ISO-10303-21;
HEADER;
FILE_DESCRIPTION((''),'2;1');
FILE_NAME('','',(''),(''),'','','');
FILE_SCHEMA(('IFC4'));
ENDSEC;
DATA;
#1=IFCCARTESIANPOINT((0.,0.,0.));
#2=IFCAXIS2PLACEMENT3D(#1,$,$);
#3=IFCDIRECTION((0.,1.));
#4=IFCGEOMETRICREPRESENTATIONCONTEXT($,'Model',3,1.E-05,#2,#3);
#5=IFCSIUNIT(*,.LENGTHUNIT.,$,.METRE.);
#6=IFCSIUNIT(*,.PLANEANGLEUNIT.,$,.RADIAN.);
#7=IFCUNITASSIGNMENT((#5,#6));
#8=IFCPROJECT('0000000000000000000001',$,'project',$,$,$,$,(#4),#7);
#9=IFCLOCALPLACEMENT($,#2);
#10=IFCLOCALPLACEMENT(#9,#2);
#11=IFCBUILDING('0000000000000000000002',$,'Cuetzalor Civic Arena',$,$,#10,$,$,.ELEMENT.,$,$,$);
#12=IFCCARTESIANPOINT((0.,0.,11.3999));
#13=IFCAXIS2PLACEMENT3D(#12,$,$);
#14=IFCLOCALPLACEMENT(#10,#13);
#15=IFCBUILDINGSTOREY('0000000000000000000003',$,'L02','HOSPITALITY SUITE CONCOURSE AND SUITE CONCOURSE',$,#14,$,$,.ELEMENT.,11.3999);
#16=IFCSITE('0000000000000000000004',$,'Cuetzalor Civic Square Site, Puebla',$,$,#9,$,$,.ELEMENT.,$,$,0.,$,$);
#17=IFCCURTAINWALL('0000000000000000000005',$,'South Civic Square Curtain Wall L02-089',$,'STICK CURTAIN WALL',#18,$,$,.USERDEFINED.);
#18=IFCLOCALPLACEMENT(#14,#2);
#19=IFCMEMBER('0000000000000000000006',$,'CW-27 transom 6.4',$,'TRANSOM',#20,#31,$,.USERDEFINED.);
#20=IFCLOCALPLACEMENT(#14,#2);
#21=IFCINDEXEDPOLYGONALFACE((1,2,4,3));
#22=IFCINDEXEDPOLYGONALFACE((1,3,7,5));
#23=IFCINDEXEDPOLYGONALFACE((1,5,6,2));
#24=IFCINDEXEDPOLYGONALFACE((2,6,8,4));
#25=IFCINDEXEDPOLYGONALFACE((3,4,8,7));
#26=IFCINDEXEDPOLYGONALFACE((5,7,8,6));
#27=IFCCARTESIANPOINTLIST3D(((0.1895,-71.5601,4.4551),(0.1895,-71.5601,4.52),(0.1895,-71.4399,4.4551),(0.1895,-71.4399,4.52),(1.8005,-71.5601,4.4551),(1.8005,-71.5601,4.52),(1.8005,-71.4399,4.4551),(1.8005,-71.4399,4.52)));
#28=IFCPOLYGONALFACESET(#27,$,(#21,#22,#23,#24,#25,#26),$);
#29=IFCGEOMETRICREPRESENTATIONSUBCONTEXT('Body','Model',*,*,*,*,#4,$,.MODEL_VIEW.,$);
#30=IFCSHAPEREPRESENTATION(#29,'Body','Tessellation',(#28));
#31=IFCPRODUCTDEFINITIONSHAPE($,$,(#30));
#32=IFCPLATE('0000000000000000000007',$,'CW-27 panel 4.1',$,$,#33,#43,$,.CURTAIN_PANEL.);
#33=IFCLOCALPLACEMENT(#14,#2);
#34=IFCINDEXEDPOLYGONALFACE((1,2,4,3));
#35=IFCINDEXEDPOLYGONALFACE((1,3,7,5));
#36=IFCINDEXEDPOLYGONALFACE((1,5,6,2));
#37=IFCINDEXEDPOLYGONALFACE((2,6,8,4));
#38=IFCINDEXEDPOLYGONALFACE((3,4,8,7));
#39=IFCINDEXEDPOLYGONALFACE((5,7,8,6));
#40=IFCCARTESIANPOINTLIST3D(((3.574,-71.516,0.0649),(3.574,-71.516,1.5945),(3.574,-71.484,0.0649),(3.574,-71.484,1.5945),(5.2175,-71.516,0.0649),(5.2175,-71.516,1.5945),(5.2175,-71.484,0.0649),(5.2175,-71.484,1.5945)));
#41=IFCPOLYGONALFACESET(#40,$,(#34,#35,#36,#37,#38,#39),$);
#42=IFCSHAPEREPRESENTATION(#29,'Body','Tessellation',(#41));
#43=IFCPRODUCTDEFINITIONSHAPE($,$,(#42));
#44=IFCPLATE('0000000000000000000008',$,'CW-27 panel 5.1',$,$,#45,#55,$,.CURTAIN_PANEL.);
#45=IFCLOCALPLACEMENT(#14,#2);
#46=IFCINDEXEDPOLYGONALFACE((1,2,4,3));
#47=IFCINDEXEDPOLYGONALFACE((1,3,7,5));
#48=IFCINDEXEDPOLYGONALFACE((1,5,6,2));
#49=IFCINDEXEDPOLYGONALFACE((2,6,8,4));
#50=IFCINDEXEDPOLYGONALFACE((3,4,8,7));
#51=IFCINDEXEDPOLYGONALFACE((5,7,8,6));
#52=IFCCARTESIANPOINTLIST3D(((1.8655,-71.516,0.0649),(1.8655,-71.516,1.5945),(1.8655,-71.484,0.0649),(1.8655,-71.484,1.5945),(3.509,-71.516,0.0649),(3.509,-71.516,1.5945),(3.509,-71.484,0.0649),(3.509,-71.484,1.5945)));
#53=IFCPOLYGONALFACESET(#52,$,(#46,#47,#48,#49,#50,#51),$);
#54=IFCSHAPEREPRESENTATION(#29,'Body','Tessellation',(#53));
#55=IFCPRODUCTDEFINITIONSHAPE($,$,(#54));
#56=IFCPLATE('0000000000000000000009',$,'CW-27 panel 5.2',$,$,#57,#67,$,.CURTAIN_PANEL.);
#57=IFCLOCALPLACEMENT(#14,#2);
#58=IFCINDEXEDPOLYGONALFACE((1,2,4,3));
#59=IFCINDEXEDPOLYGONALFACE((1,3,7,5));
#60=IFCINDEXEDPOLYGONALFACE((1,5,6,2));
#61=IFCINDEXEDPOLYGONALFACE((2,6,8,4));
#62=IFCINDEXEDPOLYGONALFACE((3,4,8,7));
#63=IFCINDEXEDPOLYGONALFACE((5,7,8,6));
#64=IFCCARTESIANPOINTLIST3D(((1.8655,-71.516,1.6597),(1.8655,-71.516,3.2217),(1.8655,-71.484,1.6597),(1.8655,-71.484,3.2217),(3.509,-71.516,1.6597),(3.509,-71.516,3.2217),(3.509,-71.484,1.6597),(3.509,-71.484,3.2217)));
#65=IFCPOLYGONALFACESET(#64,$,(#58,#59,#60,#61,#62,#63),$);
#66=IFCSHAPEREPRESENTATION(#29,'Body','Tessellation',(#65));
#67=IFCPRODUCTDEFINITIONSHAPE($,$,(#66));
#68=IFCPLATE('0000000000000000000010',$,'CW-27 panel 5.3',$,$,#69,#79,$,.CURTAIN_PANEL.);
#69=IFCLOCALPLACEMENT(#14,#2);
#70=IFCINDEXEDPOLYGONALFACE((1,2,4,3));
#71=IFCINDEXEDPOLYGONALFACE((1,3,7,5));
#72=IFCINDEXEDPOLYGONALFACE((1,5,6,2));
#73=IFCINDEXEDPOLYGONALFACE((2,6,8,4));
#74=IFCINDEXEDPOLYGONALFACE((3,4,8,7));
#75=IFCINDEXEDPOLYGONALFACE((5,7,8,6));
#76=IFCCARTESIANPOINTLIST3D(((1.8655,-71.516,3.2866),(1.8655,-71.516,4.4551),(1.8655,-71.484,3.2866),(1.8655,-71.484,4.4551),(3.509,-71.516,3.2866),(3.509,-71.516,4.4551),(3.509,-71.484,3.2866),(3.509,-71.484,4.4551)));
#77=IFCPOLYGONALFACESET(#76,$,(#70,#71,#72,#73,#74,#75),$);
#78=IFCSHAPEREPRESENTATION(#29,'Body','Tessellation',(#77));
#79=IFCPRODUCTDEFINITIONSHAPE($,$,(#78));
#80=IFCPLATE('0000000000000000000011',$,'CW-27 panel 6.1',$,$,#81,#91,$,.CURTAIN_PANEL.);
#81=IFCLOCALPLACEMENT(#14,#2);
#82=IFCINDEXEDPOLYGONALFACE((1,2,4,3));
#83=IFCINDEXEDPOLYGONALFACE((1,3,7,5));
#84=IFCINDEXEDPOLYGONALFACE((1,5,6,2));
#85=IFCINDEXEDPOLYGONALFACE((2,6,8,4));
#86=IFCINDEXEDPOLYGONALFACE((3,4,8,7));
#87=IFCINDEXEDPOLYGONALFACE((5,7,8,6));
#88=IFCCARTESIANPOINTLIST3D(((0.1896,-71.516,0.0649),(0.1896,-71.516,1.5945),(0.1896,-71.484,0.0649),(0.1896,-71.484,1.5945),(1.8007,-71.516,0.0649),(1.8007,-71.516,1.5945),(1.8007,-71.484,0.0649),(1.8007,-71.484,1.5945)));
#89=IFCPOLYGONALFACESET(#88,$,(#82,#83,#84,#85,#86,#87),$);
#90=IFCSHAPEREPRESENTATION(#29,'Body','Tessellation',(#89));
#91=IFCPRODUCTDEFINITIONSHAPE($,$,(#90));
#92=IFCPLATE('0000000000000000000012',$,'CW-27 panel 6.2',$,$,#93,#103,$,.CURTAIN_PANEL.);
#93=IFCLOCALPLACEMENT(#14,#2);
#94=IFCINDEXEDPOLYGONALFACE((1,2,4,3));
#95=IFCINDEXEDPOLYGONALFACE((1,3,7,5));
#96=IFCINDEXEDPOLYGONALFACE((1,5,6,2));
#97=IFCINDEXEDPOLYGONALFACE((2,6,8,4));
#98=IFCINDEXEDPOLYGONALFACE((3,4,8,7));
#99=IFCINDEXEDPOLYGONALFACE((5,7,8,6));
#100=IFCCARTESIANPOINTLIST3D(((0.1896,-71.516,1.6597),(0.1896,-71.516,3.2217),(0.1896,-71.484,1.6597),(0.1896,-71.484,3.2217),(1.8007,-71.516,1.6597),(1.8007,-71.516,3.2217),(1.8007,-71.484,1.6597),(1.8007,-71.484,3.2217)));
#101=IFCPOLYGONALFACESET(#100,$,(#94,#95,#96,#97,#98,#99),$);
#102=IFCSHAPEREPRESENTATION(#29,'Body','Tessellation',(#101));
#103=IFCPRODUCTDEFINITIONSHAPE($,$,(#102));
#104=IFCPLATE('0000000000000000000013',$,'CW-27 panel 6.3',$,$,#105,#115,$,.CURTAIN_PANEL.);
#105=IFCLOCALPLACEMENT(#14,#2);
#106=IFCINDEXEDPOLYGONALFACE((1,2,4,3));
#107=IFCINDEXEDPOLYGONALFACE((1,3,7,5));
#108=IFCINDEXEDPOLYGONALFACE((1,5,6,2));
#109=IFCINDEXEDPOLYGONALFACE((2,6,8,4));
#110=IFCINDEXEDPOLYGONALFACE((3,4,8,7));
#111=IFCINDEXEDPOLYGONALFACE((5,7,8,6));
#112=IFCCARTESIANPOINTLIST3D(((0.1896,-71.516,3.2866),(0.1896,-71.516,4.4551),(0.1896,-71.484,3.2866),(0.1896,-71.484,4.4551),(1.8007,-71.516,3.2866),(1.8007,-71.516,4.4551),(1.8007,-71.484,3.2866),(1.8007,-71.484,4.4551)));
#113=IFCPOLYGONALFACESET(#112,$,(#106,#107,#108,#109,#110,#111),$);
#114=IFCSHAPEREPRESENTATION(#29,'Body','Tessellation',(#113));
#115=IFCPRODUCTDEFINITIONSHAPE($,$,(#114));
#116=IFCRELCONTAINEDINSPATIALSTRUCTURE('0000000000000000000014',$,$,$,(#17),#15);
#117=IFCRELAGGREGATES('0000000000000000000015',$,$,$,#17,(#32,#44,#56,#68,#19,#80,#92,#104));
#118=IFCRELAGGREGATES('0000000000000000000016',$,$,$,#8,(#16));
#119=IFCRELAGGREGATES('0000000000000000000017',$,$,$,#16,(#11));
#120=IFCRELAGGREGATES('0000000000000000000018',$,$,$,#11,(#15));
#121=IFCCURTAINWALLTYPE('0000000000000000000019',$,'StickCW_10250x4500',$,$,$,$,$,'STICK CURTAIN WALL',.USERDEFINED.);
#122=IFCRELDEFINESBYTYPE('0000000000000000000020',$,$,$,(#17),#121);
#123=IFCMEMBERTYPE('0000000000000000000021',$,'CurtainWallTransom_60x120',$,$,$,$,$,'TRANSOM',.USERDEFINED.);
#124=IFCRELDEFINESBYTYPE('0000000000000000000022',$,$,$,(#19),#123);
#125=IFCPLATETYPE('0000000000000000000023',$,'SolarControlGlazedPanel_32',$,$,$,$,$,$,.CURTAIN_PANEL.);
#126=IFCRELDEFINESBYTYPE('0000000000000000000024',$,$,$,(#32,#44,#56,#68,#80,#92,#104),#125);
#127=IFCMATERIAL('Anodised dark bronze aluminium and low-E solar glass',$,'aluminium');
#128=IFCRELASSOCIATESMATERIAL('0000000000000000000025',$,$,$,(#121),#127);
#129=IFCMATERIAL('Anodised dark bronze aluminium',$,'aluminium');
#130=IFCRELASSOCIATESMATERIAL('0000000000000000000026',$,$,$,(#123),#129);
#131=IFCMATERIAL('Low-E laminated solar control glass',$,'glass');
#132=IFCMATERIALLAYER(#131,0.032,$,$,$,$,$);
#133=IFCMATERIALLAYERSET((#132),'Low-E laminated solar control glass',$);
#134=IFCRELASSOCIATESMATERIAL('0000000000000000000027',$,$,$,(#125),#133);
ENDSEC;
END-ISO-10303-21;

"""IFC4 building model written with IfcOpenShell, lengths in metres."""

from ifc_helpers import new_model, si_unit, direction, frame, origin, origin_2d, place, context, subcontext, project, spatial, rectangle, extrude, material, layer, layer_set, material_profile, profile_set, type_object, element, aggregate, save


model = new_model("IFC4")

# Units and contexts
model_context = context("Model", 3, precision=1e-05, world=origin(), true_north=direction((0.0, 1.0)))
body_context = subcontext(model_context, "Body", "Model", "MODEL_VIEW")
ifc_project = project(units=[si_unit("LENGTHUNIT", "METRE"), si_unit("PLANEANGLEUNIT", "RADIAN")], contexts=[model_context])

# Site, building, storey
site_placement = place(None, origin())
site = spatial("IfcSite", under=ifc_project, at=site_placement, Name="Cuetzalor Civic Square Site, Puebla", CompositionType="ELEMENT", RefElevation=0.0)
building_placement = place(site_placement, origin())
building = spatial("IfcBuilding", under=site, at=building_placement, Name="Cuetzalor Civic Arena", CompositionType="ELEMENT")
storey_placement = place(building_placement, frame((0.0, 0.0, 11.3999)))
storey = spatial("IfcBuildingStorey", under=building, at=storey_placement, Name="L02", Description="HOSPITALITY SUITE CONCOURSE AND SUITE CONCOURSE", CompositionType="ELEMENT", Elevation=11.3999)

# Shared definitions
ifc_material_1 = material(Name="Anodised dark bronze aluminium and low-E solar glass", Category="aluminium")
curtain_wall_type = type_object("IfcCurtainWallType", Name="StickCW_10250x4500", ElementType="STICK CURTAIN WALL", PredefinedType="USERDEFINED", material=ifc_material_1)

# Curtain wall
curtain_wall_1_placement = place(storey_placement, origin())
curtain_wall_1 = element("IfcCurtainWall", 1, at=curtain_wall_1_placement, inside=storey, type_object=curtain_wall_type, Name="South Civic Square Curtain Wall L02-089", ObjectType="STICK CURTAIN WALL", PredefinedType="USERDEFINED")

# Member
ifc_material_2 = material(Name="Anodised dark bronze aluminium", Category="aluminium")
ifc_material_profile_1 = material_profile(ifc_material_2, rectangle(XDim=0.1201, YDim=0.0649, at=origin_2d()), Name="ALU TRANSOM 65x120")
ifc_profile_set_1 = profile_set([ifc_material_profile_1], Name="Anodised dark bronze aluminium")
member_type_1 = type_object("IfcMemberType", Name="CurtainWallTransom_60x120", ElementType="TRANSOM", PredefinedType="USERDEFINED", material=ifc_profile_set_1)
member_1_placement = place(storey_placement, frame((1.8005, -71.5, 4.4875), z_axis=(-1.0, 0.0, 0.0), x_axis=(0.0, -1.0, 0.0)))
member_1 = element("IfcMember", 2, at=member_1_placement, type_object=member_type_1, Name="CW-27 transom 6.4", ObjectType="TRANSOM", PredefinedType="USERDEFINED", context=body_context, shape_type="SweptSolid", body=[
    extrude(rectangle(XDim=0.1201, YDim=0.0649, at=origin_2d()), origin(), (0.0, 0.0, 1.0), 1.6111),
])

# Plates
ifc_material_3 = material(Name="Low-E laminated solar control glass", Category="glass")
ifc_layer = layer(ifc_material_3, 0.032)
ifc_layer_set = layer_set([ifc_layer], Name="Low-E laminated solar control glass")
plate_type = type_object("IfcPlateType", Name="SolarControlGlazedPanel_32", PredefinedType="CURTAIN_PANEL", material=ifc_layer_set)
plate_1_placement = place(storey_placement, frame((4.3958, -71.5, 0.0649), z_axis=(0.0, 0.0, 1.0), x_axis=(-1.0, 0.0, 0.0)))
plate_1 = element("IfcPlate", 3, at=plate_1_placement, type_object=plate_type, Name="CW-27 panel 4.1", PredefinedType="CURTAIN_PANEL", context=body_context, shape_type="SweptSolid", body=[
    extrude(rectangle(XDim=1.6436, YDim=0.032, at=origin_2d()), origin(), (0.0, 0.0, 1.0), 1.5295),
])
plate_2_placement = place(storey_placement, frame((2.6873, -71.5, 0.0649), z_axis=(0.0, 0.0, 1.0), x_axis=(-1.0, 0.0, 0.0)))
plate_2 = element("IfcPlate", 4, at=plate_2_placement, type_object=plate_type, Name="CW-27 panel 5.1", PredefinedType="CURTAIN_PANEL", context=body_context, shape_type="SweptSolid", body=[
    extrude(rectangle(XDim=1.6436, YDim=0.032, at=origin_2d()), origin(), (0.0, 0.0, 1.0), 1.5295),
])
plate_3_placement = place(storey_placement, frame((2.6873, -71.5, 1.6597), z_axis=(0.0, 0.0, 1.0), x_axis=(-1.0, 0.0, 0.0)))
plate_3 = element("IfcPlate", 5, at=plate_3_placement, type_object=plate_type, Name="CW-27 panel 5.2", PredefinedType="CURTAIN_PANEL", context=body_context, shape_type="SweptSolid", body=[
    extrude(rectangle(XDim=1.6436, YDim=0.032, at=origin_2d()), origin(), (0.0, 0.0, 1.0), 1.562),
])
plate_4_placement = place(storey_placement, frame((2.6873, -71.5, 3.2866), z_axis=(0.0, 0.0, 1.0), x_axis=(-1.0, 0.0, 0.0)))
plate_4 = element("IfcPlate", 6, at=plate_4_placement, type_object=plate_type, Name="CW-27 panel 5.3", PredefinedType="CURTAIN_PANEL", context=body_context, shape_type="SweptSolid", body=[
    extrude(rectangle(XDim=1.6436, YDim=0.032, at=origin_2d()), origin(), (0.0, 0.0, 1.0), 1.1685),
])
plate_5_placement = place(storey_placement, frame((0.9951, -71.5, 0.0649), z_axis=(0.0, 0.0, 1.0), x_axis=(-1.0, 0.0, 0.0)))
plate_5 = element("IfcPlate", 7, at=plate_5_placement, type_object=plate_type, Name="CW-27 panel 6.1", PredefinedType="CURTAIN_PANEL", context=body_context, shape_type="SweptSolid", body=[
    extrude(rectangle(XDim=1.6111, YDim=0.032, at=origin_2d()), origin(), (0.0, 0.0, 1.0), 1.5295),
])
plate_6_placement = place(storey_placement, frame((0.9951, -71.5, 1.6597), z_axis=(0.0, 0.0, 1.0), x_axis=(-1.0, 0.0, 0.0)))
plate_6 = element("IfcPlate", 8, at=plate_6_placement, type_object=plate_type, Name="CW-27 panel 6.2", PredefinedType="CURTAIN_PANEL", context=body_context, shape_type="SweptSolid", body=[
    extrude(rectangle(XDim=1.6111, YDim=0.032, at=origin_2d()), origin(), (0.0, 0.0, 1.0), 1.562),
])
plate_7_placement = place(storey_placement, frame((0.9951, -71.5, 3.2866), z_axis=(0.0, 0.0, 1.0), x_axis=(-1.0, 0.0, 0.0)))
plate_7 = element("IfcPlate", 9, at=plate_7_placement, type_object=plate_type, Name="CW-27 panel 6.3", PredefinedType="CURTAIN_PANEL", context=body_context, shape_type="SweptSolid", body=[
    extrude(rectangle(XDim=1.6111, YDim=0.032, at=origin_2d()), origin(), (0.0, 0.0, 1.0), 1.1685),
])
aggregate(curtain_wall_1, [plate_1, plate_2, plate_3, plate_4, member_1, plate_5, plate_6, plate_7])

save(model, "model.ifc")
